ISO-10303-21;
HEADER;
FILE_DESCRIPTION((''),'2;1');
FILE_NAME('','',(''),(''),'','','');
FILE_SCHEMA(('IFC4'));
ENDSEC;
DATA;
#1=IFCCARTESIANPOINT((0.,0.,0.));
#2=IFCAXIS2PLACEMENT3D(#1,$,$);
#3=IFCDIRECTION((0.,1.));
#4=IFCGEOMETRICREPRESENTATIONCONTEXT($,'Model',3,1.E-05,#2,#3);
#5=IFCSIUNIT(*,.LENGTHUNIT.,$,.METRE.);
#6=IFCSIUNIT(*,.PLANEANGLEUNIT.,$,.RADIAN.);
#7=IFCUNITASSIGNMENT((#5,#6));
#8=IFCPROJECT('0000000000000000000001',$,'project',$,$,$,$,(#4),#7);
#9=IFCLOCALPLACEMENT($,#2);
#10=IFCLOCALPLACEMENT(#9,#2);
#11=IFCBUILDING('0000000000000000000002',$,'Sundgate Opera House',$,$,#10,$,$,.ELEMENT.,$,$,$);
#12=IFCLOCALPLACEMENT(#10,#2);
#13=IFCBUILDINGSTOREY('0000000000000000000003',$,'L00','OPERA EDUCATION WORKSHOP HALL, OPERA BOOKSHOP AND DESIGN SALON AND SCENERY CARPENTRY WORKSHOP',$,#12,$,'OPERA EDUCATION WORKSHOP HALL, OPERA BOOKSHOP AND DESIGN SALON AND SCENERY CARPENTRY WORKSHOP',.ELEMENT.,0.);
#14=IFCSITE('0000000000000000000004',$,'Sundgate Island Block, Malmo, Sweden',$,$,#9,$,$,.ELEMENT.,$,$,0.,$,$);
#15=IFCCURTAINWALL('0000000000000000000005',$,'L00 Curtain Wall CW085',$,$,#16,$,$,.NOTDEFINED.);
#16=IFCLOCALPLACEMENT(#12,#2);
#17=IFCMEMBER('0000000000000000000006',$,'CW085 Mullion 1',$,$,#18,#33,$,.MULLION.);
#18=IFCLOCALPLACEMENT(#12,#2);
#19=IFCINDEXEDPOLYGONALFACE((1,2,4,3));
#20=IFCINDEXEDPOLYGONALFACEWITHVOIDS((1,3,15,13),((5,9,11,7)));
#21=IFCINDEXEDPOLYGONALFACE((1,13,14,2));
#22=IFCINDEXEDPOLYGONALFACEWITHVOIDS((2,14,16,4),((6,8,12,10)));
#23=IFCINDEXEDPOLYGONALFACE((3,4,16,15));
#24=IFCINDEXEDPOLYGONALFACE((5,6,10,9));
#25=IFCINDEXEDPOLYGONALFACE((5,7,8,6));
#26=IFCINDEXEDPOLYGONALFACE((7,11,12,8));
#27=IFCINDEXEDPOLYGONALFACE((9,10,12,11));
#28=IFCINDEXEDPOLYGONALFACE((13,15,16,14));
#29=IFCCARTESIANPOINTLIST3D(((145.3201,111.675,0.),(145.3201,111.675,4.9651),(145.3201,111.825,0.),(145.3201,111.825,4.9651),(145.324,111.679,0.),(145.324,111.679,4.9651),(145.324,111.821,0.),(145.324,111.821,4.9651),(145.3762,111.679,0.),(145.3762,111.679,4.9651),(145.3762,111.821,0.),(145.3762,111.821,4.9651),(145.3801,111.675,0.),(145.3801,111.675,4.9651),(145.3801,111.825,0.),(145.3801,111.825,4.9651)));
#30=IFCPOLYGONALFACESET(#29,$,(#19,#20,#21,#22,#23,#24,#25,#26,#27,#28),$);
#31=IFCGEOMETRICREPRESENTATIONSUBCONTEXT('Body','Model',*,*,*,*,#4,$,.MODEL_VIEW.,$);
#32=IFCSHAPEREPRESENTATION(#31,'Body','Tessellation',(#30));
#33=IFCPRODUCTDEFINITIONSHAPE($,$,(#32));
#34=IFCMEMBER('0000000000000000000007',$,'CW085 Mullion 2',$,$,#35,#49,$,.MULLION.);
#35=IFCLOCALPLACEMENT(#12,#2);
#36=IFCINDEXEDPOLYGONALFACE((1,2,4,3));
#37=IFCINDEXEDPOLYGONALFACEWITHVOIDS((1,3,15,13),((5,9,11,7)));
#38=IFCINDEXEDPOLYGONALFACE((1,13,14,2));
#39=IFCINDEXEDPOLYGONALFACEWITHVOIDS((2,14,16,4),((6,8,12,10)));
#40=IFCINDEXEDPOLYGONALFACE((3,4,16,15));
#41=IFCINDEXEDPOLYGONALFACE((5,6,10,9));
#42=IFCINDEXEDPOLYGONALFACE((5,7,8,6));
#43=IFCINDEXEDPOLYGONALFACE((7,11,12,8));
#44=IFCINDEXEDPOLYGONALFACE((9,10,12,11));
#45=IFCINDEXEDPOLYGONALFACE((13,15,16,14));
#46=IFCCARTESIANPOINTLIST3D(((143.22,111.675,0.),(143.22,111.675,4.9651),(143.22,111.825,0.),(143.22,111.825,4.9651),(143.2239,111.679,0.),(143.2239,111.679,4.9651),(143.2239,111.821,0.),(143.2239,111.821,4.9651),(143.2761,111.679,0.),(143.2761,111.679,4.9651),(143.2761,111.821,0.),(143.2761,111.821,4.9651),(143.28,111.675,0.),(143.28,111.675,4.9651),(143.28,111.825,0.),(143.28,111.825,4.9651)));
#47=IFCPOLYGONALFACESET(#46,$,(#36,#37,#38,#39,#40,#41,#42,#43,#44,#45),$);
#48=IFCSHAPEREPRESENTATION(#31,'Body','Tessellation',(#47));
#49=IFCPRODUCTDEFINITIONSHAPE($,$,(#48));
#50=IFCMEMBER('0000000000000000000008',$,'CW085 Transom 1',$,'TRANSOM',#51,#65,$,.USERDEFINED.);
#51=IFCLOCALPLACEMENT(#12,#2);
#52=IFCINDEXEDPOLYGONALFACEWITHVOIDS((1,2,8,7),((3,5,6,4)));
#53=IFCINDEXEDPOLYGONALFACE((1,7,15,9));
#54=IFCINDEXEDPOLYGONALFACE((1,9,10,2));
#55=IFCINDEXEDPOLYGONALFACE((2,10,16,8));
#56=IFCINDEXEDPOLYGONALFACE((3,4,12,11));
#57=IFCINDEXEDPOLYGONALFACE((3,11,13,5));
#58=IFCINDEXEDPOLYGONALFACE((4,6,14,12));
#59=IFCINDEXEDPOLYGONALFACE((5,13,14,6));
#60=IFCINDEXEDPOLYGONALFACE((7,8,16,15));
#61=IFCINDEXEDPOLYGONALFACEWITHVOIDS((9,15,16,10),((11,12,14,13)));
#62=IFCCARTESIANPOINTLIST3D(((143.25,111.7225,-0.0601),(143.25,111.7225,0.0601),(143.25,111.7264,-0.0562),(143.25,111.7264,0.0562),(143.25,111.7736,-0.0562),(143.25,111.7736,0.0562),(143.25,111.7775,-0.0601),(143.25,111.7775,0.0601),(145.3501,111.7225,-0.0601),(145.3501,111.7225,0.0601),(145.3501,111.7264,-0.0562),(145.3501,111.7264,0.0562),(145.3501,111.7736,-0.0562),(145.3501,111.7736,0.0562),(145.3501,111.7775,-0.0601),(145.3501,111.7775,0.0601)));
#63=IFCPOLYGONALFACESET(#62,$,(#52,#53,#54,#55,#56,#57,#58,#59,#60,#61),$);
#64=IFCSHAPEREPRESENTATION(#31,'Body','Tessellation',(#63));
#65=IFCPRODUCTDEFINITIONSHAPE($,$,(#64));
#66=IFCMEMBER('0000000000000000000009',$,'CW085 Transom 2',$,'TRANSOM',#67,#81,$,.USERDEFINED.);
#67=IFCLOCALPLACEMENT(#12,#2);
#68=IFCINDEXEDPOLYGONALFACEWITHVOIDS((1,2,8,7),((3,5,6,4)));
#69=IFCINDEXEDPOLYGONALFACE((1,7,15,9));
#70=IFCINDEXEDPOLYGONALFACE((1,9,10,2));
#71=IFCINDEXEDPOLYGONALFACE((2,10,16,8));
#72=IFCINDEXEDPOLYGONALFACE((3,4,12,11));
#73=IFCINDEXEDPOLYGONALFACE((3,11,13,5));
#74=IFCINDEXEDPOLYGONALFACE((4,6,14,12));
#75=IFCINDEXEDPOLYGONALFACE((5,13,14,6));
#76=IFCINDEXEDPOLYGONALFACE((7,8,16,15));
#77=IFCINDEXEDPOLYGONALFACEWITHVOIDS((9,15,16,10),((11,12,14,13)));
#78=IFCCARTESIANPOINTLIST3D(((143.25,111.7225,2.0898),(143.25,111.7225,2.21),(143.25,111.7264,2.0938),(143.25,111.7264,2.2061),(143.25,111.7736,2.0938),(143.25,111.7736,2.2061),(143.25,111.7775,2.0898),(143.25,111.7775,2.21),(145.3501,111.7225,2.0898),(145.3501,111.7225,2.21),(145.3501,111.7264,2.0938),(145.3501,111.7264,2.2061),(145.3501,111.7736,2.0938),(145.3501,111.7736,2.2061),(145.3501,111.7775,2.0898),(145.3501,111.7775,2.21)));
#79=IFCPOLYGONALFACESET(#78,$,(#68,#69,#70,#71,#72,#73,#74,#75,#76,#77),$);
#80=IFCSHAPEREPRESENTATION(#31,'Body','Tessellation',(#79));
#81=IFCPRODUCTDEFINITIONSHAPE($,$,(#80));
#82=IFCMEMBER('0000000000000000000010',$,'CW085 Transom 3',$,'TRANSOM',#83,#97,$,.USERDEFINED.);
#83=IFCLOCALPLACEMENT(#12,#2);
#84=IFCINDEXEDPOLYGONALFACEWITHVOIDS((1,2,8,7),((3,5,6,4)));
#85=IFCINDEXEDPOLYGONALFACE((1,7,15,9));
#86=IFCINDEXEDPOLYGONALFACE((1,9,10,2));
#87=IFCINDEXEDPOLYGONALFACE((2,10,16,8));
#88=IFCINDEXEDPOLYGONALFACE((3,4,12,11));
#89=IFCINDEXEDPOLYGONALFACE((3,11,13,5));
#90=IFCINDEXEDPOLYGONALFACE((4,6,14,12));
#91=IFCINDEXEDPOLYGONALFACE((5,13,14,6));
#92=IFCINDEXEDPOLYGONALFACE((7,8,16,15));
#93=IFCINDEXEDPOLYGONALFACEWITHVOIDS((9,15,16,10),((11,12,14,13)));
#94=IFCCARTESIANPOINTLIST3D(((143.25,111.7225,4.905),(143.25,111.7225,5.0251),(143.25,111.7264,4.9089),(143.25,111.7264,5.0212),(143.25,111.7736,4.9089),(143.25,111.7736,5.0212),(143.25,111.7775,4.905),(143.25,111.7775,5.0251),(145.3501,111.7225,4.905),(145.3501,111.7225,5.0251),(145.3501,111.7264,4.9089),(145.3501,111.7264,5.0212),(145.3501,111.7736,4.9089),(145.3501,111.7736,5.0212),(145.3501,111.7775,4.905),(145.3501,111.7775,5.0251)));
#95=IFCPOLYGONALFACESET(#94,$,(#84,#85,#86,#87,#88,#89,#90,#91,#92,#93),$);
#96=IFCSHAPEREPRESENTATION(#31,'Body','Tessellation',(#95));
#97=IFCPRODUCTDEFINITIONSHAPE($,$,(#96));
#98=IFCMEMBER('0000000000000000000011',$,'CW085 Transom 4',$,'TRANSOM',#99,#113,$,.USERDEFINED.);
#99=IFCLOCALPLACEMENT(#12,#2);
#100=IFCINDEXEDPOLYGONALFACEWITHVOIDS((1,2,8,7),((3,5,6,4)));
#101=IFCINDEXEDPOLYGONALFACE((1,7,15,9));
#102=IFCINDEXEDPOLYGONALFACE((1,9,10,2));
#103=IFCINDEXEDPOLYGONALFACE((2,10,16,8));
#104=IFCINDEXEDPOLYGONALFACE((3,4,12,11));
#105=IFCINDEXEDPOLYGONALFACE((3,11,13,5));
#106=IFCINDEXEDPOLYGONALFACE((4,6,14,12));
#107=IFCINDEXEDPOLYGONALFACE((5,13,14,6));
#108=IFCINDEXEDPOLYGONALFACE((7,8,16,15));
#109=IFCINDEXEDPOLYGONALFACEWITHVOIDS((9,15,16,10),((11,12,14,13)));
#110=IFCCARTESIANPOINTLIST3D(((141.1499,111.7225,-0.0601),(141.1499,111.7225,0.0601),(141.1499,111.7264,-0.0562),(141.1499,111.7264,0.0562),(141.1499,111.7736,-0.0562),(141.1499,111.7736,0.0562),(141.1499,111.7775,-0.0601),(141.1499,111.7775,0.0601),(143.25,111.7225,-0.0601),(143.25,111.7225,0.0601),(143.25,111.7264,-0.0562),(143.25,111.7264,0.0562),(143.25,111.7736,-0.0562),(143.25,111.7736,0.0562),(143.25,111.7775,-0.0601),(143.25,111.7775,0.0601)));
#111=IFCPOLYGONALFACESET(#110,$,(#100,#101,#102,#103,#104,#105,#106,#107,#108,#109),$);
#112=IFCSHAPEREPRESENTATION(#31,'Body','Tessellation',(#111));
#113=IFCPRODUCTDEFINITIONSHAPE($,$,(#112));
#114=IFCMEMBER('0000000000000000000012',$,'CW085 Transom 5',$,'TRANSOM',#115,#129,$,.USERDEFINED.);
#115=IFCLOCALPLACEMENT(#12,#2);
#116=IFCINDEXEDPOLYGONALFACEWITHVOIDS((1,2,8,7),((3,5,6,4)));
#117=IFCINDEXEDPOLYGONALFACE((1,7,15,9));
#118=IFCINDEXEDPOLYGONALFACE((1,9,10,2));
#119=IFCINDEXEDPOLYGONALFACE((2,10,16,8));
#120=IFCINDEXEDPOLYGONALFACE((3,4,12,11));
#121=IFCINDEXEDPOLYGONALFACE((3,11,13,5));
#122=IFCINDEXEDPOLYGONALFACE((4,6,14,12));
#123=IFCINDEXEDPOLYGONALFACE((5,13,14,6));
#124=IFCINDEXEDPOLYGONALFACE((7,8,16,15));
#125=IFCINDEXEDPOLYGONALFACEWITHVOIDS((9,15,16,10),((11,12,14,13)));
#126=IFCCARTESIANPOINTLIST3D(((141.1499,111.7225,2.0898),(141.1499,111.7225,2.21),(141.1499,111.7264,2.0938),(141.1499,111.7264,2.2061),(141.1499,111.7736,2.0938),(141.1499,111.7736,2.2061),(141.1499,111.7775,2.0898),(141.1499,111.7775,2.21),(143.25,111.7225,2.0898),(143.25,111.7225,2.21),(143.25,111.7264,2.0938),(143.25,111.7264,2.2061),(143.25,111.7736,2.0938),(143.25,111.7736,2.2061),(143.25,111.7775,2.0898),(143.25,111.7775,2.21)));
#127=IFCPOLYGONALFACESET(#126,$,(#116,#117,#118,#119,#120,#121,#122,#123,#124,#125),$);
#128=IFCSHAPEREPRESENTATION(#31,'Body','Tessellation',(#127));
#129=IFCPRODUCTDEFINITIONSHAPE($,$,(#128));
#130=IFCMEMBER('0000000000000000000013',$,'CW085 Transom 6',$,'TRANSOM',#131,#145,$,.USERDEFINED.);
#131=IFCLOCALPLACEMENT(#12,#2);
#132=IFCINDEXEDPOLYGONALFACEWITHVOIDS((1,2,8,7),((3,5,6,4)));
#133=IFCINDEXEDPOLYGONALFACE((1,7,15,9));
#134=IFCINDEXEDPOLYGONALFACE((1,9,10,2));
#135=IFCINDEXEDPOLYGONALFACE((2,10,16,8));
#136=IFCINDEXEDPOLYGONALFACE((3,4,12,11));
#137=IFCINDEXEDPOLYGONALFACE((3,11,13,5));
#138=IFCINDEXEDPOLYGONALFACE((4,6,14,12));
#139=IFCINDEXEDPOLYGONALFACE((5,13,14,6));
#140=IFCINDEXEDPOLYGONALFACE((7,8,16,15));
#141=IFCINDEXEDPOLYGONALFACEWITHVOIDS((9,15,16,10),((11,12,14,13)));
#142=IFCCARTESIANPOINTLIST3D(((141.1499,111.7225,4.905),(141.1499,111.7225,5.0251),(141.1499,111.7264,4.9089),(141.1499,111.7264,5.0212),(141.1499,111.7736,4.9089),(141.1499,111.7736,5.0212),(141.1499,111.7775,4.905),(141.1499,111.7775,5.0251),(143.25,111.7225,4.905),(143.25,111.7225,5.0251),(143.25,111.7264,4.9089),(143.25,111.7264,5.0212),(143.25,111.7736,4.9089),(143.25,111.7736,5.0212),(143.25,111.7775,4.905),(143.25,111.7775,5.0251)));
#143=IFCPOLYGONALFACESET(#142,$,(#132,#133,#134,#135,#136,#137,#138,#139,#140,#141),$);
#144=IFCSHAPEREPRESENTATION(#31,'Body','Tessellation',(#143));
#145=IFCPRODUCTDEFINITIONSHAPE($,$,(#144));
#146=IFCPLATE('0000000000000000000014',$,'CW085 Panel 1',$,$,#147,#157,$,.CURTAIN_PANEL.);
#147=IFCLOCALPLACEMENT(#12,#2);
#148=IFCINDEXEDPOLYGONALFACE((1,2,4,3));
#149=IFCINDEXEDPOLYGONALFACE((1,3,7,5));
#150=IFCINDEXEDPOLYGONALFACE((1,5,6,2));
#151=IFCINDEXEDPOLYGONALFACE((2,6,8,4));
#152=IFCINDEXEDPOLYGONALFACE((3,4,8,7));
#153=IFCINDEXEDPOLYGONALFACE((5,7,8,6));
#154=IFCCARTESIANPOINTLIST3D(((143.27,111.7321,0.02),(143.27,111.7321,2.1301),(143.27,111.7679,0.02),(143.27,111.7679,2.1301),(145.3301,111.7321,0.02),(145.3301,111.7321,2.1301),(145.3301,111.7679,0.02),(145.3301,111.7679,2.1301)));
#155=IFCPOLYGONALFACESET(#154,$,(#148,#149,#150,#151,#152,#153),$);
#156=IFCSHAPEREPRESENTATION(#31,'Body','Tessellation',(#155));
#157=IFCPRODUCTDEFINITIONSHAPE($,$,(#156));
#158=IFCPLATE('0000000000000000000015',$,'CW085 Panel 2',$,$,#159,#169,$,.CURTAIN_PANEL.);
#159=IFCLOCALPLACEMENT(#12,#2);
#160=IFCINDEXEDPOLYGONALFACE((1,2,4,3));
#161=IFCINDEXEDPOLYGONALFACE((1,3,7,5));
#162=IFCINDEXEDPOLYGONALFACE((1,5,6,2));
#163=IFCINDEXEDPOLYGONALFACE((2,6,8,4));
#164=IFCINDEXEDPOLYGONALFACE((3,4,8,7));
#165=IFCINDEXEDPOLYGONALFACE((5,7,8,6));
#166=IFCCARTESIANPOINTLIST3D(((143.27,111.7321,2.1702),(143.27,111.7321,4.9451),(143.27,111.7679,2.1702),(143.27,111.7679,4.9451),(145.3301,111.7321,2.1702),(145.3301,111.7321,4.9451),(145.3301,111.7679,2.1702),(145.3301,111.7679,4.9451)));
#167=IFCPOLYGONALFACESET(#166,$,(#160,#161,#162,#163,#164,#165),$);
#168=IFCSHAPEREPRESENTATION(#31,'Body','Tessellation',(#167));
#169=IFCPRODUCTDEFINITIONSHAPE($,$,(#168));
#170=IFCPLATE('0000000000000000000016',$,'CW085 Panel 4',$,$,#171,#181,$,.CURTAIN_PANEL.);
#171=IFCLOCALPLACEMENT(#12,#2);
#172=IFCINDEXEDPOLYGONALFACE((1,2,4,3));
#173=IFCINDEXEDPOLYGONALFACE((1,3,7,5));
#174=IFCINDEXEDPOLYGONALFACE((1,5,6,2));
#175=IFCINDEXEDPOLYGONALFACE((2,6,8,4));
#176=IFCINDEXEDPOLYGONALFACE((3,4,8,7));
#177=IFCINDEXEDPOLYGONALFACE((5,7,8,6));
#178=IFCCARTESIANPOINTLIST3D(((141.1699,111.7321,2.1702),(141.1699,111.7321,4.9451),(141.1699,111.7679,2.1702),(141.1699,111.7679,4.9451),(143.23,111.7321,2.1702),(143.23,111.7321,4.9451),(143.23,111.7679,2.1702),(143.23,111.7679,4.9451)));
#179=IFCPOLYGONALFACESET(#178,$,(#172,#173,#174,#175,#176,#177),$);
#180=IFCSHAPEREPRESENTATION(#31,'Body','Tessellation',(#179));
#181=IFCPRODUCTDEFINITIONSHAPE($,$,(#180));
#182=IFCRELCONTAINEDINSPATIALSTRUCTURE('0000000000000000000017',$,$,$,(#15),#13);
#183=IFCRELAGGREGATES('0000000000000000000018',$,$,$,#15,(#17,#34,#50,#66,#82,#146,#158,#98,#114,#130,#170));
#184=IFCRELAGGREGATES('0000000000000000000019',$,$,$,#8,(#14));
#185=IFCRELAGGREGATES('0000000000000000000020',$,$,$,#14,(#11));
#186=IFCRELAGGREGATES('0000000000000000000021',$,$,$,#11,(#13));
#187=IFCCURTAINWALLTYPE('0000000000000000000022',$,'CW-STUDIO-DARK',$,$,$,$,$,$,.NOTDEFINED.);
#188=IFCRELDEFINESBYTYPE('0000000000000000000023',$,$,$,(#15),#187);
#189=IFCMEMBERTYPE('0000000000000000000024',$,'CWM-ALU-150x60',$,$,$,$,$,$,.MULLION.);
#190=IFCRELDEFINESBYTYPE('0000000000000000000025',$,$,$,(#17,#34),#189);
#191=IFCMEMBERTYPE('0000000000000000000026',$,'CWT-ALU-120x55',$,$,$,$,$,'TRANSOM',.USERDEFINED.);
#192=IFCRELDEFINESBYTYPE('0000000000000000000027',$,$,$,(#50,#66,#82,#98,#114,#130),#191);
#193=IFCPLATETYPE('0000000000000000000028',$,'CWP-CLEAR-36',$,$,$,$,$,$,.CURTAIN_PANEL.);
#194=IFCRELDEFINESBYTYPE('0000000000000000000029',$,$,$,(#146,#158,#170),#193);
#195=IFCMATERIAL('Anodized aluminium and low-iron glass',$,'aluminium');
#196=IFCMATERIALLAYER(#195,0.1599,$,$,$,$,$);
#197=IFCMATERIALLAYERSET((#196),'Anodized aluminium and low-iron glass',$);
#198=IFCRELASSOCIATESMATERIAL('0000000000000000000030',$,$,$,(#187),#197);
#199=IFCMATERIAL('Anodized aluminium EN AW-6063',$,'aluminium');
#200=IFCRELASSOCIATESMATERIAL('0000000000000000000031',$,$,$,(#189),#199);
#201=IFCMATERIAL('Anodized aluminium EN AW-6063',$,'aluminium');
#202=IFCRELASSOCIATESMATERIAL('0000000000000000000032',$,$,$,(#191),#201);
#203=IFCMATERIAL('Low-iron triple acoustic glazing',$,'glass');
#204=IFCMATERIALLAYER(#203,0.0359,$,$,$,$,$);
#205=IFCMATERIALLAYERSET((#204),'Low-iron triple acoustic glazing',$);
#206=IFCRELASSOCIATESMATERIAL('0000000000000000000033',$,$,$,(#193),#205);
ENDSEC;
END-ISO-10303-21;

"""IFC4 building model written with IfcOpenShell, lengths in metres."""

from ifc_helpers import new_model, si_unit, direction, frame, origin, origin_2d, place, context, subcontext, project, spatial, rectangle, hollow_rectangle, extrude, material, layer, layer_set, material_profile, profile_set, type_object, element, aggregate, save


model = new_model("IFC4")

# Units and contexts
model_context = context("Model", 3, precision=1e-05, world=origin(), true_north=direction((0.0, 1.0)))
body_context = subcontext(model_context, "Body", "Model", "MODEL_VIEW")
ifc_project = project(units=[si_unit("LENGTHUNIT", "METRE"), si_unit("PLANEANGLEUNIT", "RADIAN")], contexts=[model_context])

# Site, building, storey
site_placement = place(None, origin())
site = spatial("IfcSite", under=ifc_project, at=site_placement, Name="Sundgate Island Block, Malmo, Sweden", CompositionType="ELEMENT", RefElevation=0.0)
building_placement = place(site_placement, origin())
building = spatial("IfcBuilding", under=site, at=building_placement, Name="Sundgate Opera House", CompositionType="ELEMENT")
storey_placement = place(building_placement, origin())
storey = spatial("IfcBuildingStorey", under=building, at=storey_placement, Name="L00", Description="OPERA EDUCATION WORKSHOP HALL, OPERA BOOKSHOP AND DESIGN SALON AND SCENERY CARPENTRY WORKSHOP", LongName="OPERA EDUCATION WORKSHOP HALL, OPERA BOOKSHOP AND DESIGN SALON AND SCENERY CARPENTRY WORKSHOP", CompositionType="ELEMENT", Elevation=0.0)

# Curtain wall, members, plates
ifc_material_1 = material(Name="Anodized aluminium and low-iron glass", Category="aluminium")
ifc_layer_1 = layer(ifc_material_1, 0.1599)
ifc_layer_set_1 = layer_set([ifc_layer_1], Name="Anodized aluminium and low-iron glass")
curtain_wall_type = type_object("IfcCurtainWallType", Name="CW-STUDIO-DARK", PredefinedType="NOTDEFINED", material=ifc_layer_set_1)
curtain_wall_placement = place(storey_placement, origin())
curtain_wall = element("IfcCurtainWall", 1, at=curtain_wall_placement, inside=storey, type_object=curtain_wall_type, Name="L00 Curtain Wall CW085", PredefinedType="NOTDEFINED")
ifc_material_2 = material(Name="Anodized aluminium EN AW-6063", Category="aluminium")
ifc_material_profile_1 = material_profile(ifc_material_2, hollow_rectangle(XDim=0.0601, YDim=0.1499, WallThickness=0.0039, at=origin_2d()), Name="CWM 150x60x4")
ifc_profile_set_1 = profile_set([ifc_material_profile_1], Name="Anodized aluminium EN AW-6063")
member_type_1 = type_object("IfcMemberType", Name="CWM-ALU-150x60", PredefinedType="MULLION", material=ifc_profile_set_1)
member_1_placement = place(storey_placement, frame((145.3501, 111.75, 0.0), z_axis=(0.0, 0.0, 1.0), x_axis=(1.0, 0.0, 0.0)))
member_1 = element("IfcMember", 2, at=member_1_placement, type_object=member_type_1, Name="CW085 Mullion 1", PredefinedType="MULLION", context=body_context, shape_type="SweptSolid", body=[
    extrude(hollow_rectangle(XDim=0.0601, YDim=0.1499, WallThickness=0.0039, at=origin_2d()), origin(), (0.0, 0.0, 1.0), 4.9651),
])
member_2_placement = place(storey_placement, frame((143.25, 111.75, 0.0), z_axis=(0.0, 0.0, 1.0), x_axis=(1.0, 0.0, 0.0)))
member_2 = element("IfcMember", 3, at=member_2_placement, type_object=member_type_1, Name="CW085 Mullion 2", PredefinedType="MULLION", context=body_context, shape_type="SweptSolid", body=[
    extrude(hollow_rectangle(XDim=0.0601, YDim=0.1499, WallThickness=0.0039, at=origin_2d()), origin(), (0.0, 0.0, 1.0), 4.9651),
])
ifc_material_3 = material(Name="Anodized aluminium EN AW-6063", Category="aluminium")
ifc_material_profile_2 = material_profile(ifc_material_3, hollow_rectangle(XDim=0.0549, YDim=0.1201, WallThickness=0.0039, at=origin_2d()), Name="CWT 120x55x4")
ifc_profile_set_2 = profile_set([ifc_material_profile_2], Name="Anodized aluminium EN AW-6063")
member_type_2 = type_object("IfcMemberType", Name="CWT-ALU-120x55", ElementType="TRANSOM", PredefinedType="USERDEFINED", material=ifc_profile_set_2)
member_3_placement = place(storey_placement, frame((145.3501, 111.75, 0.0), z_axis=(-1.0, 0.0, 0.0), x_axis=(0.0, -1.0, 0.0)))
member_3 = element("IfcMember", 4, at=member_3_placement, type_object=member_type_2, Name="CW085 Transom 1", ObjectType="TRANSOM", PredefinedType="USERDEFINED", context=body_context, shape_type="SweptSolid", body=[
    extrude(hollow_rectangle(XDim=0.0549, YDim=0.1201, WallThickness=0.0039, at=origin_2d()), origin(), (0.0, 0.0, 1.0), 2.1001),
])
member_4_placement = place(storey_placement, frame((145.3501, 111.75, 2.1499), z_axis=(-1.0, 0.0, 0.0), x_axis=(0.0, -1.0, 0.0)))
member_4 = element("IfcMember", 5, at=member_4_placement, type_object=member_type_2, Name="CW085 Transom 2", ObjectType="TRANSOM", PredefinedType="USERDEFINED", context=body_context, shape_type="SweptSolid", body=[
    extrude(hollow_rectangle(XDim=0.0549, YDim=0.1201, WallThickness=0.0039, at=origin_2d()), origin(), (0.0, 0.0, 1.0), 2.1001),
])
member_5_placement = place(storey_placement, frame((145.3501, 111.75, 4.9651), z_axis=(-1.0, 0.0, 0.0), x_axis=(0.0, -1.0, 0.0)))
member_5 = element("IfcMember", 6, at=member_5_placement, type_object=member_type_2, Name="CW085 Transom 3", ObjectType="TRANSOM", PredefinedType="USERDEFINED", context=body_context, shape_type="SweptSolid", body=[
    extrude(hollow_rectangle(XDim=0.0549, YDim=0.1201, WallThickness=0.0039, at=origin_2d()), origin(), (0.0, 0.0, 1.0), 2.1001),
])
member_6_placement = place(storey_placement, frame((143.25, 111.75, 0.0), z_axis=(-1.0, 0.0, 0.0), x_axis=(0.0, -1.0, 0.0)))
member_6 = element("IfcMember", 7, at=member_6_placement, type_object=member_type_2, Name="CW085 Transom 4", ObjectType="TRANSOM", PredefinedType="USERDEFINED", context=body_context, shape_type="SweptSolid", body=[
    extrude(hollow_rectangle(XDim=0.0549, YDim=0.1201, WallThickness=0.0039, at=origin_2d()), origin(), (0.0, 0.0, 1.0), 2.1001),
])
member_7_placement = place(storey_placement, frame((143.25, 111.75, 2.1499), z_axis=(-1.0, 0.0, 0.0), x_axis=(0.0, -1.0, 0.0)))
member_7 = element("IfcMember", 8, at=member_7_placement, type_object=member_type_2, Name="CW085 Transom 5", ObjectType="TRANSOM", PredefinedType="USERDEFINED", context=body_context, shape_type="SweptSolid", body=[
    extrude(hollow_rectangle(XDim=0.0549, YDim=0.1201, WallThickness=0.0039, at=origin_2d()), origin(), (0.0, 0.0, 1.0), 2.1001),
])
member_8_placement = place(storey_placement, frame((143.25, 111.75, 4.9651), z_axis=(-1.0, 0.0, 0.0), x_axis=(0.0, -1.0, 0.0)))
member_8 = element("IfcMember", 9, at=member_8_placement, type_object=member_type_2, Name="CW085 Transom 6", ObjectType="TRANSOM", PredefinedType="USERDEFINED", context=body_context, shape_type="SweptSolid", body=[
    extrude(hollow_rectangle(XDim=0.0549, YDim=0.1201, WallThickness=0.0039, at=origin_2d()), origin(), (0.0, 0.0, 1.0), 2.1001),
])
ifc_material_4 = material(Name="Low-iron triple acoustic glazing", Category="glass")
ifc_layer_2 = layer(ifc_material_4, 0.0359)
ifc_layer_set_2 = layer_set([ifc_layer_2], Name="Low-iron triple acoustic glazing")
plate_type = type_object("IfcPlateType", Name="CWP-CLEAR-36", PredefinedType="CURTAIN_PANEL", material=ifc_layer_set_2)
plate_1_placement = place(storey_placement, frame((144.3, 111.75, 0.02), z_axis=(0.0, 0.0, 1.0), x_axis=(-1.0, 0.0, 0.0)))
plate_1 = element("IfcPlate", 10, at=plate_1_placement, type_object=plate_type, Name="CW085 Panel 1", PredefinedType="CURTAIN_PANEL", context=body_context, shape_type="SweptSolid", body=[
    extrude(rectangle(XDim=2.0601, YDim=0.0359, at=origin_2d()), origin(), (0.0, 0.0, 1.0), 2.1101),
])
plate_2_placement = place(storey_placement, frame((144.3, 111.75, 2.1702), z_axis=(0.0, 0.0, 1.0), x_axis=(-1.0, 0.0, 0.0)))
plate_2 = element("IfcPlate", 11, at=plate_2_placement, type_object=plate_type, Name="CW085 Panel 2", PredefinedType="CURTAIN_PANEL", context=body_context, shape_type="SweptSolid", body=[
    extrude(rectangle(XDim=2.0601, YDim=0.0359, at=origin_2d()), origin(), (0.0, 0.0, 1.0), 2.7749),
])
plate_3_placement = place(storey_placement, frame((142.2, 111.75, 2.1702), z_axis=(0.0, 0.0, 1.0), x_axis=(-1.0, 0.0, 0.0)))
plate_3 = element("IfcPlate", 12, at=plate_3_placement, type_object=plate_type, Name="CW085 Panel 4", PredefinedType="CURTAIN_PANEL", context=body_context, shape_type="SweptSolid", body=[
    extrude(rectangle(XDim=2.0601, YDim=0.0359, at=origin_2d()), origin(), (0.0, 0.0, 1.0), 2.7749),
])
aggregate(curtain_wall, [member_1, member_2, member_3, member_4, member_5, plate_1, plate_2, member_6, member_7, member_8, plate_3])

save(model, "model.ifc")
